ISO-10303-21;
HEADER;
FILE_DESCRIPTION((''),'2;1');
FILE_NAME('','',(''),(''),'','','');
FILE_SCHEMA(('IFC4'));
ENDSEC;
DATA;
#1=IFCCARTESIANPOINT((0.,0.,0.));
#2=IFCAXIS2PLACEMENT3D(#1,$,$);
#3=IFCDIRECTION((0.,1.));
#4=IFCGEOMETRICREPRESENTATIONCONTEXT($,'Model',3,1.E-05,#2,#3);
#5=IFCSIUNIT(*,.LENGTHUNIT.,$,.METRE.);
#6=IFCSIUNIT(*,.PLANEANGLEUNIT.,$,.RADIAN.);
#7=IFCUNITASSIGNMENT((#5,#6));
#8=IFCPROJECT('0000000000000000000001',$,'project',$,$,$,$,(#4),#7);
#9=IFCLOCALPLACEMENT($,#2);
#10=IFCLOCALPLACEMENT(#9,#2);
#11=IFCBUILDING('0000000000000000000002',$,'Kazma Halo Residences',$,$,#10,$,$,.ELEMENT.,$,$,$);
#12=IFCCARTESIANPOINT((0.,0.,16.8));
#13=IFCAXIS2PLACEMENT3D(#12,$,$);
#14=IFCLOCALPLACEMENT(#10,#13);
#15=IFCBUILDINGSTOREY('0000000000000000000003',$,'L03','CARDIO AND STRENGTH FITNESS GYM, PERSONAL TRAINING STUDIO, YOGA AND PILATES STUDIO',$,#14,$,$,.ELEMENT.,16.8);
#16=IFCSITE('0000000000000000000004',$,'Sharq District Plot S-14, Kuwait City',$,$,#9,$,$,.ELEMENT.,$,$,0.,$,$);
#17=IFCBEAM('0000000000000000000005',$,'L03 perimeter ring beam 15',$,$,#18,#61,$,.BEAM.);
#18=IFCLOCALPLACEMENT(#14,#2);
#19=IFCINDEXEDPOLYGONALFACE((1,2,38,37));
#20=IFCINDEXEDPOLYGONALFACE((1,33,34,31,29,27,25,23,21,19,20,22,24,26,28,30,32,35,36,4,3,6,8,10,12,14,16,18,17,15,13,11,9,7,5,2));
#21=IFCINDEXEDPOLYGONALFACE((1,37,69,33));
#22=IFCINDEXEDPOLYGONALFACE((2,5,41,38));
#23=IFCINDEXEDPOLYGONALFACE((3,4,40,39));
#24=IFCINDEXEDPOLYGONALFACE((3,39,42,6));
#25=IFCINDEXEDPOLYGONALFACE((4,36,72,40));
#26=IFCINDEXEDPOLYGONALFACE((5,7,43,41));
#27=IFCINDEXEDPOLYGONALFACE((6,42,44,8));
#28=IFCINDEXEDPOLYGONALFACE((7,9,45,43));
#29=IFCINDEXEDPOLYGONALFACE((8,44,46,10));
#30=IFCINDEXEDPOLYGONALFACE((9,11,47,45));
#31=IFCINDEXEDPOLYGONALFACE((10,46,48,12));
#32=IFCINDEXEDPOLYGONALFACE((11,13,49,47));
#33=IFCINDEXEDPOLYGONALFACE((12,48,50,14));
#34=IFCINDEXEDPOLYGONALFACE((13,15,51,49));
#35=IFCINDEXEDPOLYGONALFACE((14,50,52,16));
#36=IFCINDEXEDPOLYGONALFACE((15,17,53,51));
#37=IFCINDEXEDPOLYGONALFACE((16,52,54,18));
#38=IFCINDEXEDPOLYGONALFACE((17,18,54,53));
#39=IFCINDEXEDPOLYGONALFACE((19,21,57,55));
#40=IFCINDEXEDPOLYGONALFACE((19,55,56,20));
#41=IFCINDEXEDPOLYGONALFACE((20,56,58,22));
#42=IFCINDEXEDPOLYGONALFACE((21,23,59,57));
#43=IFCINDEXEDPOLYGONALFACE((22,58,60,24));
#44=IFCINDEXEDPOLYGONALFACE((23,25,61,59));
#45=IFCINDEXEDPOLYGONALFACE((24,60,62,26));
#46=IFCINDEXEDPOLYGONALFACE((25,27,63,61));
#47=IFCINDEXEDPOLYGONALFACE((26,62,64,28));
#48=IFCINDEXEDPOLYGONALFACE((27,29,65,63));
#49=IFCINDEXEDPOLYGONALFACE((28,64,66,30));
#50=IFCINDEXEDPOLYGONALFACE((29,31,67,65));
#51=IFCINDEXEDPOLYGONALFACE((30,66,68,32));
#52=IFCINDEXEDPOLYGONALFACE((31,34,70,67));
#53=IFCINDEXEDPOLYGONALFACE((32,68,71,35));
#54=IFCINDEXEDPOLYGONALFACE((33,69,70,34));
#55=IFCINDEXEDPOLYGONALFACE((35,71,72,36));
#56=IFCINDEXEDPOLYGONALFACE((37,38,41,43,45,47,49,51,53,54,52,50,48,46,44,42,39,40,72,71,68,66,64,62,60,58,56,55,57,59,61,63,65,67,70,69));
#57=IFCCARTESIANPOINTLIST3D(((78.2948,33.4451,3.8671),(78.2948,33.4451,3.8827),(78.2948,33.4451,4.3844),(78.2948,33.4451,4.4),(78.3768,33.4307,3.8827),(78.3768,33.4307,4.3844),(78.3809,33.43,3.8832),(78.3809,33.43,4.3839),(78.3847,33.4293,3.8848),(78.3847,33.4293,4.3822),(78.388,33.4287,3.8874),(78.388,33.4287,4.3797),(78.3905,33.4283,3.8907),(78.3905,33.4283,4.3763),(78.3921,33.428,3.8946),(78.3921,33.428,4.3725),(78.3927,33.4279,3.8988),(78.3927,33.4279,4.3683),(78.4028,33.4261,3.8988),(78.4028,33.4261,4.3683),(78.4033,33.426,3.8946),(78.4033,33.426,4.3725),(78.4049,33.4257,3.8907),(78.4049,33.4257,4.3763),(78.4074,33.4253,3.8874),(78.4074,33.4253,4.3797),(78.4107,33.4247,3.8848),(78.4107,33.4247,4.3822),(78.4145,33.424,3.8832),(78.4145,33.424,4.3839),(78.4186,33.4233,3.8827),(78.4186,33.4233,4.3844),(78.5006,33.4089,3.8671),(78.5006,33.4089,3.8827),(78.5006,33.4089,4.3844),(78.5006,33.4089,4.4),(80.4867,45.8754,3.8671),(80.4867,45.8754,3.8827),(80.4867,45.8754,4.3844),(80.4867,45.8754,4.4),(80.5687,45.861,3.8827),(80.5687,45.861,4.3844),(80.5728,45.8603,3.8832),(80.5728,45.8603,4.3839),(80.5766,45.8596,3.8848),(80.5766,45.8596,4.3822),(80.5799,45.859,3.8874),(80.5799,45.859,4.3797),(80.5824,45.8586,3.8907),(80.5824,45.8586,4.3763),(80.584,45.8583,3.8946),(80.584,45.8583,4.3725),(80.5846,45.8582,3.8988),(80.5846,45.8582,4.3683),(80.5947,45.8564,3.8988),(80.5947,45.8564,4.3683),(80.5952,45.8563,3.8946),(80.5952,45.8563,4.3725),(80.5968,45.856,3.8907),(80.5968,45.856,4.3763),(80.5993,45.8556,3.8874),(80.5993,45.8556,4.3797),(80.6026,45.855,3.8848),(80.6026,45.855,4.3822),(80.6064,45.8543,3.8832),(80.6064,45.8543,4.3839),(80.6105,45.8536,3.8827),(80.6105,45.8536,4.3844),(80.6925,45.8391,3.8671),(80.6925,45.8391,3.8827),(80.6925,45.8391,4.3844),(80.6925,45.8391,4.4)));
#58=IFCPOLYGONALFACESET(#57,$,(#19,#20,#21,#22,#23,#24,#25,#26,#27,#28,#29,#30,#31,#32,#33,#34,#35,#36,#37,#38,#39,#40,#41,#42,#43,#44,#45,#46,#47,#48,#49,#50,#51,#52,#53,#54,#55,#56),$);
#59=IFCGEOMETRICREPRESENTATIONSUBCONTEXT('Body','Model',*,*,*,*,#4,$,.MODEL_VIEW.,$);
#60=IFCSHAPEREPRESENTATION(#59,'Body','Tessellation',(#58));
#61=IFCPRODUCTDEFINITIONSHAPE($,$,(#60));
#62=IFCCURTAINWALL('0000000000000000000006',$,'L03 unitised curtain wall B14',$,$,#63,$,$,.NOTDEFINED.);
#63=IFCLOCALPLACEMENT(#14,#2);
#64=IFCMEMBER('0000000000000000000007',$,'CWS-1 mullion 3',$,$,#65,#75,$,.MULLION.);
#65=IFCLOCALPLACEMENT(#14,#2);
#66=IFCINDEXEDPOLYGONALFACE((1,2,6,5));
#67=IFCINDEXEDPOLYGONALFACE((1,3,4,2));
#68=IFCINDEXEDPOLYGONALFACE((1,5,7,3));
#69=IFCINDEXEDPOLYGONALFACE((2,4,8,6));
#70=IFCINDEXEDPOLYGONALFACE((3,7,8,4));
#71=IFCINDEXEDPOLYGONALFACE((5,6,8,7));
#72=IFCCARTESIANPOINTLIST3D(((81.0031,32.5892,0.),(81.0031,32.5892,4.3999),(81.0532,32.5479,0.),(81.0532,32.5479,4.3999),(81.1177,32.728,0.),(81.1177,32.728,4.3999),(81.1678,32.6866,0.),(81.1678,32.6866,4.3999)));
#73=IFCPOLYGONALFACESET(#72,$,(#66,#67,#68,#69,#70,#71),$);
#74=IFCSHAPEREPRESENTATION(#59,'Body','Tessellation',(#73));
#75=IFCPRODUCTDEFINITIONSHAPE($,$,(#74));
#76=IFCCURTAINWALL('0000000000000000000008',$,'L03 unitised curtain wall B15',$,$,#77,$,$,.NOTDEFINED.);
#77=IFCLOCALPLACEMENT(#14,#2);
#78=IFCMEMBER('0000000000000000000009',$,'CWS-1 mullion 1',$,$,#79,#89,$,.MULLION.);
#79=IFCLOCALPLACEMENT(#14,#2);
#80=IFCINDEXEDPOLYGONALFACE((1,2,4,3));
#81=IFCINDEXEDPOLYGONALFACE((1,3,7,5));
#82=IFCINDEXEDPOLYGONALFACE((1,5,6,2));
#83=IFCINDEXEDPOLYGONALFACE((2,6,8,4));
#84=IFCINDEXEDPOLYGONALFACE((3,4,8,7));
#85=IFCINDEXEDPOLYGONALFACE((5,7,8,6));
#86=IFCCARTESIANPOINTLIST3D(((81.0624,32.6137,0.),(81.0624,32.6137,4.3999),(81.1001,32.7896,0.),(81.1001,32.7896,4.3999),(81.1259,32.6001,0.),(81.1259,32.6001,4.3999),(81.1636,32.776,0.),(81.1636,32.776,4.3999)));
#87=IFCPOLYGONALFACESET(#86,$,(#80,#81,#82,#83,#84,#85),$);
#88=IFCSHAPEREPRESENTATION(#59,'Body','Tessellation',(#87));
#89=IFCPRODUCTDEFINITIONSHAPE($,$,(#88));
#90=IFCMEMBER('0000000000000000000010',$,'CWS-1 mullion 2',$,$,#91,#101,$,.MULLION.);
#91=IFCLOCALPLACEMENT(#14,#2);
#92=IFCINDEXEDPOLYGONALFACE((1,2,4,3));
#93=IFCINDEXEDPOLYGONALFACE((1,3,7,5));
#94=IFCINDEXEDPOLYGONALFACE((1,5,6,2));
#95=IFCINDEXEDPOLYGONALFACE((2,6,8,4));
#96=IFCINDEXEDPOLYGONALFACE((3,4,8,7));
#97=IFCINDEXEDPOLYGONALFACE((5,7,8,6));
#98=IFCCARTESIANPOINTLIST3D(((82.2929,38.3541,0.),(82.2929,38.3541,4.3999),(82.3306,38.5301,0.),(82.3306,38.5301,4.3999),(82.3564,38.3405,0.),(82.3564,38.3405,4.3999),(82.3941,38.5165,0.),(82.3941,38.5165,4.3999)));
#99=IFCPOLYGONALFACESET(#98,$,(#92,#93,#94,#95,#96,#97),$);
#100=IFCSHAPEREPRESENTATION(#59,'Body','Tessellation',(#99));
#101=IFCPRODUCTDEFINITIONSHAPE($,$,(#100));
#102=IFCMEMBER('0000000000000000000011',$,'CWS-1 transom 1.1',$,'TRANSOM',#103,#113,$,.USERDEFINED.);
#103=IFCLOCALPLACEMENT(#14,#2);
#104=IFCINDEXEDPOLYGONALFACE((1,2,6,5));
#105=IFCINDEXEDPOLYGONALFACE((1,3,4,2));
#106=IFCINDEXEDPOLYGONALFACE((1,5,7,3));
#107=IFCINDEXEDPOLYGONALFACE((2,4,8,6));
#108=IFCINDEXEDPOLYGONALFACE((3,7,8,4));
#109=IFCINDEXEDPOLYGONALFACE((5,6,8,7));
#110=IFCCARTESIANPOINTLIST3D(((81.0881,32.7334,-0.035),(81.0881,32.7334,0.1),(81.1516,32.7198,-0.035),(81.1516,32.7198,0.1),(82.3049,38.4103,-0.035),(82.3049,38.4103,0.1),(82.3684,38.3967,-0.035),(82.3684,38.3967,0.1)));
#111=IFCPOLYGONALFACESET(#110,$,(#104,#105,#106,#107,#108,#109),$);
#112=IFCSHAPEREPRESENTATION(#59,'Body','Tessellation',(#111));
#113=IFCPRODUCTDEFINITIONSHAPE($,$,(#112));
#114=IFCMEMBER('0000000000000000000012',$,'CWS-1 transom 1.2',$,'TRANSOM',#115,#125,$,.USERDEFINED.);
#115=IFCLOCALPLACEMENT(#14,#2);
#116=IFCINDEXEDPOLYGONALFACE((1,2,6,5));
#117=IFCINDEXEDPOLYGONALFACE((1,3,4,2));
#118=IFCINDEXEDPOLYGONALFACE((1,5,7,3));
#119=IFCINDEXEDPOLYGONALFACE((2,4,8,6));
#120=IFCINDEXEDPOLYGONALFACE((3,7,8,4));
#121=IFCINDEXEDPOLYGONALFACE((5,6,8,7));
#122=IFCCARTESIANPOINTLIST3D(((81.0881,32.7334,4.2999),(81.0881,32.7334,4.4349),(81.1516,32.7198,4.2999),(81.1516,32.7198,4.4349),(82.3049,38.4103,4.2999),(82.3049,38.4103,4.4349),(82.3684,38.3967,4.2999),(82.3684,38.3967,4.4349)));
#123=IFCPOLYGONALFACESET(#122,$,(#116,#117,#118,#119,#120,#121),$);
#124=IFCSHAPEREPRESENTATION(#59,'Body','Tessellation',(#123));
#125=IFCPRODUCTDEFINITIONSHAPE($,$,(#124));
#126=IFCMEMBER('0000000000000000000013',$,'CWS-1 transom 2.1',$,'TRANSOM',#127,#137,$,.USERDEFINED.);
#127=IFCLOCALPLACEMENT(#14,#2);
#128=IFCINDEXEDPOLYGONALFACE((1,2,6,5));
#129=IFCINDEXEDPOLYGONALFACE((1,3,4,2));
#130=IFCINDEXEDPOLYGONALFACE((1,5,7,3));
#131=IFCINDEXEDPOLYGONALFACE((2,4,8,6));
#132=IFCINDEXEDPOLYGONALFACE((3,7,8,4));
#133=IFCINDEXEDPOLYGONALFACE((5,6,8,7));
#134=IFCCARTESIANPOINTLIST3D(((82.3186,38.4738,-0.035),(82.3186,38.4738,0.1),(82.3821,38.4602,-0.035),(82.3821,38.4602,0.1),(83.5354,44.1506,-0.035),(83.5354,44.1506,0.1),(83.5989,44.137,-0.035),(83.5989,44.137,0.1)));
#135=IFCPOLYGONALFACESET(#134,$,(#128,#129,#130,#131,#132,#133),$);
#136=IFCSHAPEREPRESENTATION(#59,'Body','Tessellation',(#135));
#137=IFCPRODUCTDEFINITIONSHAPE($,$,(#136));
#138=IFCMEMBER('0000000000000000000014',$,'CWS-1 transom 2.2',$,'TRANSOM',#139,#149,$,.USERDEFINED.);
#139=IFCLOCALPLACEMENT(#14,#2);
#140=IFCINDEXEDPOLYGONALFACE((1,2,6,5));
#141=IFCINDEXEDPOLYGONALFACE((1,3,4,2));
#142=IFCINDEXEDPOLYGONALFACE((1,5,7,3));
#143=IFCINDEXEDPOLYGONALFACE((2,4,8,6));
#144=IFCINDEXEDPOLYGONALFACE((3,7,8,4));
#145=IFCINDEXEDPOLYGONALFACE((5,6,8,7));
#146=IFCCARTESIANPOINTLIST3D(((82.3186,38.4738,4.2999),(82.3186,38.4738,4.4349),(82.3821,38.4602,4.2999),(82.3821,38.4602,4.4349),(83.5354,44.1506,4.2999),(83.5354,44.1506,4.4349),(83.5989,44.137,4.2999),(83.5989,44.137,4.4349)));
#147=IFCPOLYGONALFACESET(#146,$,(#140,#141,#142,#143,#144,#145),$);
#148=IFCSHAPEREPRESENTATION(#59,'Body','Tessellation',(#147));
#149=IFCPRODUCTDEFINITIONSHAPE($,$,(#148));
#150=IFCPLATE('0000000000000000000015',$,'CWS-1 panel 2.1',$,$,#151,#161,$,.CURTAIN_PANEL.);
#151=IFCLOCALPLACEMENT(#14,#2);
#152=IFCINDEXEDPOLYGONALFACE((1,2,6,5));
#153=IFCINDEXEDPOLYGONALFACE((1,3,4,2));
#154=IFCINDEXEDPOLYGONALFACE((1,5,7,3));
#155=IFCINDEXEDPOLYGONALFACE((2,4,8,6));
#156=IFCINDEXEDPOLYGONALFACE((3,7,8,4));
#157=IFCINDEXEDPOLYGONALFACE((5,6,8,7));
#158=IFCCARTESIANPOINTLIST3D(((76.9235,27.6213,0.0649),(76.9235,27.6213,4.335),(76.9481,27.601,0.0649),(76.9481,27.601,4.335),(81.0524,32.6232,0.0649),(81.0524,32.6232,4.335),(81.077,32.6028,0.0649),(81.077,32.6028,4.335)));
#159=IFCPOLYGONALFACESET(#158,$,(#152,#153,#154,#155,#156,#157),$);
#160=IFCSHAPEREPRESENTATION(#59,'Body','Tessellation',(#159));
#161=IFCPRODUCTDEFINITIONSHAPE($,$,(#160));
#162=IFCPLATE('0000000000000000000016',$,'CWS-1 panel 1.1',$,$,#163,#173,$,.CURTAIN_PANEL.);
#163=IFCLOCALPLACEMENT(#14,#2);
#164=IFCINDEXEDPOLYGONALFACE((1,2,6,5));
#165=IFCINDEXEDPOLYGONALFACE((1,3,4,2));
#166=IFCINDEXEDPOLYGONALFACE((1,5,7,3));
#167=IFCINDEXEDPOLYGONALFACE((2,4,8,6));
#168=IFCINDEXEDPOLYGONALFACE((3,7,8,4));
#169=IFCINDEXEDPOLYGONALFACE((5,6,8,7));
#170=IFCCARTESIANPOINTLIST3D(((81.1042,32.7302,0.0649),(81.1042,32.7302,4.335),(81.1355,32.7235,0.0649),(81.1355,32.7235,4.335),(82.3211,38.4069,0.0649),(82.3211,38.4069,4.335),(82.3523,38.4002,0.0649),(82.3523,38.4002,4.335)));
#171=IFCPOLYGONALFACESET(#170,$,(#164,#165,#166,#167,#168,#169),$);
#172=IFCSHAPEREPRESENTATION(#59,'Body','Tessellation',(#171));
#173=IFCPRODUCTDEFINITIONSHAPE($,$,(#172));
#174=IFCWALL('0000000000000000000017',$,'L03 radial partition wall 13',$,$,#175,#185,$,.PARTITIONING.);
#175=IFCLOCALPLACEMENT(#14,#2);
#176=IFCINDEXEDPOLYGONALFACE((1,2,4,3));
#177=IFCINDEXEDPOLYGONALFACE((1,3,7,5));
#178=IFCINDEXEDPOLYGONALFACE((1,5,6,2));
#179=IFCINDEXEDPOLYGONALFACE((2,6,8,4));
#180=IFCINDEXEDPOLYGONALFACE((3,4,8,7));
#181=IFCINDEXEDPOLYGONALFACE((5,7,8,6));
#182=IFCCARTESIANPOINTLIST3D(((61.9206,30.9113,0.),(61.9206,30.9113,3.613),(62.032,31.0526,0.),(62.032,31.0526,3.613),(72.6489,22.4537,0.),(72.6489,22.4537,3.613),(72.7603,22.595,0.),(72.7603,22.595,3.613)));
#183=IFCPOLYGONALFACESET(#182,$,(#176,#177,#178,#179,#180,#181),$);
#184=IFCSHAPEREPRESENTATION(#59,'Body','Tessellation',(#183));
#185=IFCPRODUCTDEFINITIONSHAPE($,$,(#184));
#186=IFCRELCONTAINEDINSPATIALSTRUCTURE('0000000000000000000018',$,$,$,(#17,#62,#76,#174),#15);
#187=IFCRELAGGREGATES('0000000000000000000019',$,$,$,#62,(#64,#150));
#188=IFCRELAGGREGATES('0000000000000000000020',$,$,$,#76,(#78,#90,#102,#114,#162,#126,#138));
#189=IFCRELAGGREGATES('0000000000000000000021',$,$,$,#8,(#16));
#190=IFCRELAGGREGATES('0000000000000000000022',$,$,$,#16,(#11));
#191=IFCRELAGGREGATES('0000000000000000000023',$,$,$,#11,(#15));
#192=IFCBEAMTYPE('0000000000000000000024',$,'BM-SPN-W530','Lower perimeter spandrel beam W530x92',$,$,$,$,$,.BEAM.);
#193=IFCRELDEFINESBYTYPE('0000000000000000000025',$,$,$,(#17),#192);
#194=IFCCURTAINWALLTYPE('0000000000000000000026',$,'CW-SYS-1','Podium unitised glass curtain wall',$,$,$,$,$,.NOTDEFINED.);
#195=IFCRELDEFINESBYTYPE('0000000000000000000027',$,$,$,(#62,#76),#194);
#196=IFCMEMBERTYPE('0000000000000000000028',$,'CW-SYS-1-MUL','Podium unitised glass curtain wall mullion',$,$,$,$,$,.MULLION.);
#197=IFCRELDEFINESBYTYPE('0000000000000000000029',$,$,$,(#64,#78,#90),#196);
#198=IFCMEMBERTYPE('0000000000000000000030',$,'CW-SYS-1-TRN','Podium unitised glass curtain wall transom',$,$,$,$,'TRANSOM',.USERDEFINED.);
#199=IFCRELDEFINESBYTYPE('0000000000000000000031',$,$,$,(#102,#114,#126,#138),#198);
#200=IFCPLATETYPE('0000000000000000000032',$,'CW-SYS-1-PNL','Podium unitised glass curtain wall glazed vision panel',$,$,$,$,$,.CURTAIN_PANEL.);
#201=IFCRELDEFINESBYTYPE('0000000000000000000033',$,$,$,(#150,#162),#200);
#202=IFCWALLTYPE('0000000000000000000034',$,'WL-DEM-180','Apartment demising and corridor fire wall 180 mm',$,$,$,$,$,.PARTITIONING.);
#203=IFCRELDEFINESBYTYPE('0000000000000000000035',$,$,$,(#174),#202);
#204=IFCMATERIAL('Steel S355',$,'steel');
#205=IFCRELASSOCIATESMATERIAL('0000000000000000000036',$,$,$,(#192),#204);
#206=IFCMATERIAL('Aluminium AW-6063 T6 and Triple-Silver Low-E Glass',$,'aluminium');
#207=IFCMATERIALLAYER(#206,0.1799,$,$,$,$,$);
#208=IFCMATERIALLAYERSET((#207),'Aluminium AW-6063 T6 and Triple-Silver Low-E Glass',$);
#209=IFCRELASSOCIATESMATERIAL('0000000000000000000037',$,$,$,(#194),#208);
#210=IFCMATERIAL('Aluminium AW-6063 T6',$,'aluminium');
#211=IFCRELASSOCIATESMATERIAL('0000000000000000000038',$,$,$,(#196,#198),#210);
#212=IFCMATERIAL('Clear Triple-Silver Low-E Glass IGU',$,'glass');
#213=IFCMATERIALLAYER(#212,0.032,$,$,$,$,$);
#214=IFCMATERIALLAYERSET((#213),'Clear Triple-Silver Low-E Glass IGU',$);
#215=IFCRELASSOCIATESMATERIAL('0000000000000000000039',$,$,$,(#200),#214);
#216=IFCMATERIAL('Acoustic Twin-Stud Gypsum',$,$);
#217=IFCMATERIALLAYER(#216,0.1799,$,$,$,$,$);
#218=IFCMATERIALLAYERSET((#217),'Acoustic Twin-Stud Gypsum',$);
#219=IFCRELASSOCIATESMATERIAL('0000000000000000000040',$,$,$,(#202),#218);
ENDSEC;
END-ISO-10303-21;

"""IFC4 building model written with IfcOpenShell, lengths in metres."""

from ifc_helpers import new_model, si_unit, direction, frame, frame_2d, origin, origin_2d, place, context, subcontext, project, spatial, rectangle, i_section, extrude, material, layer, layer_set, material_profile, profile_set, type_object, element, aggregate, save


model = new_model("IFC4")

# Units and contexts
model_context = context("Model", 3, precision=1e-05, world=origin(), true_north=direction((0.0, 1.0)))
body_context = subcontext(model_context, "Body", "Model", "MODEL_VIEW")
ifc_project = project(units=[si_unit("LENGTHUNIT", "METRE"), si_unit("PLANEANGLEUNIT", "RADIAN")], contexts=[model_context])

# Site, building, storey
site_placement = place(None, origin())
site = spatial("IfcSite", under=ifc_project, at=site_placement, Name="Sharq District Plot S-14, Kuwait City", CompositionType="ELEMENT", RefElevation=0.0)
building_placement = place(site_placement, origin())
building = spatial("IfcBuilding", under=site, at=building_placement, Name="Kazma Halo Residences", CompositionType="ELEMENT")
storey_placement = place(building_placement, frame((0.0, 0.0, 16.8)))
storey = spatial("IfcBuildingStorey", under=building, at=storey_placement, Name="L03", Description="CARDIO AND STRENGTH FITNESS GYM, PERSONAL TRAINING STUDIO, YOGA AND PILATES STUDIO", CompositionType="ELEMENT", Elevation=16.8)

# Beam
ifc_material_1 = material(Name="Steel S355", Category="steel")
ifc_material_profile_1 = material_profile(ifc_material_1, i_section(OverallWidth=0.209, OverallDepth=0.533, WebThickness=0.0103, FlangeThickness=0.0156, FilletRadius=0.0161, at=origin_2d()), Name="W530x92")
ifc_profile_set_1 = profile_set([ifc_material_profile_1], Name="Steel S355")
beam_type_1 = type_object("IfcBeamType", Name="BM-SPN-W530", Description="Lower perimeter spandrel beam W530x92", PredefinedType="BEAM", material=ifc_profile_set_1)
beam_1_placement = place(storey_placement, frame((78.3977, 33.427, 4.1335), z_axis=(0.173657, 0.984806, 0.0), x_axis=(-0.984806, 0.173657, 0.0)))
element("IfcBeam", 1, at=beam_1_placement, inside=storey, type_object=beam_type_1, Name="L03 perimeter ring beam 15", PredefinedType="BEAM", context=body_context, shape_type="SweptSolid", body=[
    extrude(i_section(OverallWidth=0.209, OverallDepth=0.533, WebThickness=0.0103, FlangeThickness=0.0156, FilletRadius=0.0161, at=origin_2d()), origin(), (0.0, 0.0, 1.0), 12.6221),
])

# Curtain wall, member
ifc_material_2 = material(Name="Aluminium AW-6063 T6 and Triple-Silver Low-E Glass", Category="aluminium")
ifc_layer_1 = layer(ifc_material_2, 0.1799)
ifc_layer_set_1 = layer_set([ifc_layer_1], Name="Aluminium AW-6063 T6 and Triple-Silver Low-E Glass")
curtain_wall_type = type_object("IfcCurtainWallType", Name="CW-SYS-1", Description="Podium unitised glass curtain wall", PredefinedType="NOTDEFINED", material=ifc_layer_set_1)
curtain_wall_1_placement = place(storey_placement, origin())
curtain_wall_1 = element("IfcCurtainWall", 2, at=curtain_wall_1_placement, inside=storey, type_object=curtain_wall_type, Name="L03 unitised curtain wall B14", PredefinedType="NOTDEFINED")
ifc_material_3 = material(Name="Aluminium AW-6063 T6", Category="aluminium")
ifc_material_profile_2 = material_profile(ifc_material_3, rectangle(XDim=0.0649, YDim=0.1799, at=origin_2d()), Name="CWM-65x180")
ifc_profile_set_2 = profile_set([ifc_material_profile_2], Name="Aluminium AW-6063 T6")
member_type_1 = type_object("IfcMemberType", Name="CW-SYS-1-MUL", Description="Podium unitised glass curtain wall mullion", PredefinedType="MULLION", material=ifc_profile_set_2)
member_1_placement = place(storey_placement, frame((81.0854, 32.6379, 0.0), z_axis=(0.0, 0.0, 1.0), x_axis=(-0.771192, 0.636603, 0.0)))
member_1 = element("IfcMember", 3, at=member_1_placement, type_object=member_type_1, Name="CWS-1 mullion 3", PredefinedType="MULLION", context=body_context, shape_type="SweptSolid", body=[
    extrude(rectangle(XDim=0.0649, YDim=0.1799, at=origin_2d()), origin(), (0.0, 0.0, 1.0), 4.3999),
])

# Curtain wall, members
curtain_wall_2_placement = place(storey_placement, origin())
curtain_wall_2 = element("IfcCurtainWall", 4, at=curtain_wall_2_placement, inside=storey, type_object=curtain_wall_type, Name="L03 unitised curtain wall B15", PredefinedType="NOTDEFINED")
member_2_placement = place(storey_placement, frame((81.113, 32.6948, 0.0), z_axis=(0.0, 0.0, 1.0), x_axis=(-0.977788, 0.209596, 0.0)))
member_2 = element("IfcMember", 5, at=member_2_placement, type_object=member_type_1, Name="CWS-1 mullion 1", PredefinedType="MULLION", context=body_context, shape_type="SweptSolid", body=[
    extrude(rectangle(XDim=0.0649, YDim=0.1799, at=origin_2d()), origin(), (0.0, 0.0, 1.0), 4.3999),
])
member_3_placement = place(storey_placement, frame((82.3435, 38.4353, 0.0), z_axis=(0.0, 0.0, 1.0), x_axis=(-0.977788, 0.209596, 0.0)))
member_3 = element("IfcMember", 6, at=member_3_placement, type_object=member_type_1, Name="CWS-1 mullion 2", PredefinedType="MULLION", context=body_context, shape_type="SweptSolid", body=[
    extrude(rectangle(XDim=0.0649, YDim=0.1799, at=origin_2d()), origin(), (0.0, 0.0, 1.0), 4.3999),
])
ifc_material_profile_3 = material_profile(ifc_material_3, rectangle(XDim=0.0649, YDim=0.135, at=origin_2d()), Name="CWT-65x135")
ifc_profile_set_3 = profile_set([ifc_material_profile_3], Name="Aluminium AW-6063 T6")
member_type_2 = type_object("IfcMemberType", Name="CW-SYS-1-TRN", Description="Podium unitised glass curtain wall transom", ElementType="TRANSOM", PredefinedType="USERDEFINED", material=ifc_profile_set_3)
member_4_placement = place(storey_placement, frame((81.1199, 32.7266, 0.0325), z_axis=(0.209578, 0.977792, 0.0), x_axis=(-0.977792, 0.209578, 0.0)))
member_4 = element("IfcMember", 7, at=member_4_placement, type_object=member_type_2, Name="CWS-1 transom 1.1", ObjectType="TRANSOM", PredefinedType="USERDEFINED", context=body_context, shape_type="SweptSolid", body=[
    extrude(rectangle(XDim=0.0649, YDim=0.135, at=origin_2d()), origin(), (0.0, 0.0, 1.0), 5.8059),
])
member_5_placement = place(storey_placement, frame((81.1199, 32.7266, 4.3674), z_axis=(0.209578, 0.977792, 0.0), x_axis=(-0.977792, 0.209578, 0.0)))
member_5 = element("IfcMember", 8, at=member_5_placement, type_object=member_type_2, Name="CWS-1 transom 1.2", ObjectType="TRANSOM", PredefinedType="USERDEFINED", context=body_context, shape_type="SweptSolid", body=[
    extrude(rectangle(XDim=0.0649, YDim=0.135, at=origin_2d()), origin(), (0.0, 0.0, 1.0), 5.8059),
])
member_6_placement = place(storey_placement, frame((82.3503, 38.467, 0.0325), z_axis=(0.209587, 0.97779, 0.0), x_axis=(-0.97779, 0.209587, 0.0)))
member_6 = element("IfcMember", 9, at=member_6_placement, type_object=member_type_2, Name="CWS-1 transom 2.1", ObjectType="TRANSOM", PredefinedType="USERDEFINED", context=body_context, shape_type="SweptSolid", body=[
    extrude(rectangle(XDim=0.0649, YDim=0.135, at=origin_2d()), origin(), (0.0, 0.0, 1.0), 5.8057),
])
member_7_placement = place(storey_placement, frame((82.3503, 38.467, 4.3674), z_axis=(0.209587, 0.97779, 0.0), x_axis=(-0.97779, 0.209587, 0.0)))
member_7 = element("IfcMember", 10, at=member_7_placement, type_object=member_type_2, Name="CWS-1 transom 2.2", ObjectType="TRANSOM", PredefinedType="USERDEFINED", context=body_context, shape_type="SweptSolid", body=[
    extrude(rectangle(XDim=0.0649, YDim=0.135, at=origin_2d()), origin(), (0.0, 0.0, 1.0), 5.8057),
])

# Plates
ifc_material_4 = material(Name="Clear Triple-Silver Low-E Glass IGU", Category="glass")
ifc_layer_2 = layer(ifc_material_4, 0.032)
ifc_layer_set_2 = layer_set([ifc_layer_2], Name="Clear Triple-Silver Low-E Glass IGU")
plate_type = type_object("IfcPlateType", Name="CW-SYS-1-PNL", Description="Podium unitised glass curtain wall glazed vision panel", PredefinedType="CURTAIN_PANEL", material=ifc_layer_set_2)
plate_1_placement = place(storey_placement, frame((79.0002, 30.1121, 0.0649), z_axis=(0.0, 0.0, 1.0), x_axis=(0.636603, 0.771192, 0.0)))
plate_1 = element("IfcPlate", 11, at=plate_1_placement, type_object=plate_type, Name="CWS-1 panel 2.1", PredefinedType="CURTAIN_PANEL", context=body_context, shape_type="SweptSolid", body=[
    extrude(rectangle(XDim=6.4858, YDim=0.032, at=origin_2d()), origin(), (0.0, 0.0, 1.0), 4.27),
])
aggregate(curtain_wall_1, [member_1, plate_1])
plate_2_placement = place(storey_placement, frame((81.7283, 35.5652, 0.0649), z_axis=(0.0, 0.0, 1.0), x_axis=(0.209596, 0.977788, 0.0)))
plate_2 = element("IfcPlate", 12, at=plate_2_placement, type_object=plate_type, Name="CWS-1 panel 1.1", PredefinedType="CURTAIN_PANEL", context=body_context, shape_type="SweptSolid", body=[
    extrude(rectangle(XDim=5.8057, YDim=0.032, at=origin_2d()), origin(), (0.0, 0.0, 1.0), 4.27),
])
aggregate(curtain_wall_2, [member_2, member_3, member_4, member_5, plate_2, member_6, member_7])

# Wall
ifc_material_5 = material(Name="Acoustic Twin-Stud Gypsum")
ifc_layer_3 = layer(ifc_material_5, 0.1799)
ifc_layer_set_3 = layer_set([ifc_layer_3], Name="Acoustic Twin-Stud Gypsum")
wall_type_1 = type_object("IfcWallType", Name="WL-DEM-180", Description="Apartment demising and corridor fire wall 180 mm", PredefinedType="PARTITIONING", material=ifc_layer_set_3)
wall_1_placement = place(storey_placement, frame((61.9763, 30.9819, 0.0), z_axis=(0.0, 0.0, 1.0), x_axis=(0.785316, -0.619095, 0.0)))
element("IfcWall", 13, at=wall_1_placement, inside=storey, type_object=wall_type_1, Name="L03 radial partition wall 13", PredefinedType="PARTITIONING", context=body_context, shape_type="SweptSolid", body=[
    extrude(rectangle(XDim=13.6611, YDim=0.1799, at=frame_2d((6.8306, 0.0))), origin(), (0.0, 0.0, 1.0), 3.613),
])

save(model, "model.ifc")
